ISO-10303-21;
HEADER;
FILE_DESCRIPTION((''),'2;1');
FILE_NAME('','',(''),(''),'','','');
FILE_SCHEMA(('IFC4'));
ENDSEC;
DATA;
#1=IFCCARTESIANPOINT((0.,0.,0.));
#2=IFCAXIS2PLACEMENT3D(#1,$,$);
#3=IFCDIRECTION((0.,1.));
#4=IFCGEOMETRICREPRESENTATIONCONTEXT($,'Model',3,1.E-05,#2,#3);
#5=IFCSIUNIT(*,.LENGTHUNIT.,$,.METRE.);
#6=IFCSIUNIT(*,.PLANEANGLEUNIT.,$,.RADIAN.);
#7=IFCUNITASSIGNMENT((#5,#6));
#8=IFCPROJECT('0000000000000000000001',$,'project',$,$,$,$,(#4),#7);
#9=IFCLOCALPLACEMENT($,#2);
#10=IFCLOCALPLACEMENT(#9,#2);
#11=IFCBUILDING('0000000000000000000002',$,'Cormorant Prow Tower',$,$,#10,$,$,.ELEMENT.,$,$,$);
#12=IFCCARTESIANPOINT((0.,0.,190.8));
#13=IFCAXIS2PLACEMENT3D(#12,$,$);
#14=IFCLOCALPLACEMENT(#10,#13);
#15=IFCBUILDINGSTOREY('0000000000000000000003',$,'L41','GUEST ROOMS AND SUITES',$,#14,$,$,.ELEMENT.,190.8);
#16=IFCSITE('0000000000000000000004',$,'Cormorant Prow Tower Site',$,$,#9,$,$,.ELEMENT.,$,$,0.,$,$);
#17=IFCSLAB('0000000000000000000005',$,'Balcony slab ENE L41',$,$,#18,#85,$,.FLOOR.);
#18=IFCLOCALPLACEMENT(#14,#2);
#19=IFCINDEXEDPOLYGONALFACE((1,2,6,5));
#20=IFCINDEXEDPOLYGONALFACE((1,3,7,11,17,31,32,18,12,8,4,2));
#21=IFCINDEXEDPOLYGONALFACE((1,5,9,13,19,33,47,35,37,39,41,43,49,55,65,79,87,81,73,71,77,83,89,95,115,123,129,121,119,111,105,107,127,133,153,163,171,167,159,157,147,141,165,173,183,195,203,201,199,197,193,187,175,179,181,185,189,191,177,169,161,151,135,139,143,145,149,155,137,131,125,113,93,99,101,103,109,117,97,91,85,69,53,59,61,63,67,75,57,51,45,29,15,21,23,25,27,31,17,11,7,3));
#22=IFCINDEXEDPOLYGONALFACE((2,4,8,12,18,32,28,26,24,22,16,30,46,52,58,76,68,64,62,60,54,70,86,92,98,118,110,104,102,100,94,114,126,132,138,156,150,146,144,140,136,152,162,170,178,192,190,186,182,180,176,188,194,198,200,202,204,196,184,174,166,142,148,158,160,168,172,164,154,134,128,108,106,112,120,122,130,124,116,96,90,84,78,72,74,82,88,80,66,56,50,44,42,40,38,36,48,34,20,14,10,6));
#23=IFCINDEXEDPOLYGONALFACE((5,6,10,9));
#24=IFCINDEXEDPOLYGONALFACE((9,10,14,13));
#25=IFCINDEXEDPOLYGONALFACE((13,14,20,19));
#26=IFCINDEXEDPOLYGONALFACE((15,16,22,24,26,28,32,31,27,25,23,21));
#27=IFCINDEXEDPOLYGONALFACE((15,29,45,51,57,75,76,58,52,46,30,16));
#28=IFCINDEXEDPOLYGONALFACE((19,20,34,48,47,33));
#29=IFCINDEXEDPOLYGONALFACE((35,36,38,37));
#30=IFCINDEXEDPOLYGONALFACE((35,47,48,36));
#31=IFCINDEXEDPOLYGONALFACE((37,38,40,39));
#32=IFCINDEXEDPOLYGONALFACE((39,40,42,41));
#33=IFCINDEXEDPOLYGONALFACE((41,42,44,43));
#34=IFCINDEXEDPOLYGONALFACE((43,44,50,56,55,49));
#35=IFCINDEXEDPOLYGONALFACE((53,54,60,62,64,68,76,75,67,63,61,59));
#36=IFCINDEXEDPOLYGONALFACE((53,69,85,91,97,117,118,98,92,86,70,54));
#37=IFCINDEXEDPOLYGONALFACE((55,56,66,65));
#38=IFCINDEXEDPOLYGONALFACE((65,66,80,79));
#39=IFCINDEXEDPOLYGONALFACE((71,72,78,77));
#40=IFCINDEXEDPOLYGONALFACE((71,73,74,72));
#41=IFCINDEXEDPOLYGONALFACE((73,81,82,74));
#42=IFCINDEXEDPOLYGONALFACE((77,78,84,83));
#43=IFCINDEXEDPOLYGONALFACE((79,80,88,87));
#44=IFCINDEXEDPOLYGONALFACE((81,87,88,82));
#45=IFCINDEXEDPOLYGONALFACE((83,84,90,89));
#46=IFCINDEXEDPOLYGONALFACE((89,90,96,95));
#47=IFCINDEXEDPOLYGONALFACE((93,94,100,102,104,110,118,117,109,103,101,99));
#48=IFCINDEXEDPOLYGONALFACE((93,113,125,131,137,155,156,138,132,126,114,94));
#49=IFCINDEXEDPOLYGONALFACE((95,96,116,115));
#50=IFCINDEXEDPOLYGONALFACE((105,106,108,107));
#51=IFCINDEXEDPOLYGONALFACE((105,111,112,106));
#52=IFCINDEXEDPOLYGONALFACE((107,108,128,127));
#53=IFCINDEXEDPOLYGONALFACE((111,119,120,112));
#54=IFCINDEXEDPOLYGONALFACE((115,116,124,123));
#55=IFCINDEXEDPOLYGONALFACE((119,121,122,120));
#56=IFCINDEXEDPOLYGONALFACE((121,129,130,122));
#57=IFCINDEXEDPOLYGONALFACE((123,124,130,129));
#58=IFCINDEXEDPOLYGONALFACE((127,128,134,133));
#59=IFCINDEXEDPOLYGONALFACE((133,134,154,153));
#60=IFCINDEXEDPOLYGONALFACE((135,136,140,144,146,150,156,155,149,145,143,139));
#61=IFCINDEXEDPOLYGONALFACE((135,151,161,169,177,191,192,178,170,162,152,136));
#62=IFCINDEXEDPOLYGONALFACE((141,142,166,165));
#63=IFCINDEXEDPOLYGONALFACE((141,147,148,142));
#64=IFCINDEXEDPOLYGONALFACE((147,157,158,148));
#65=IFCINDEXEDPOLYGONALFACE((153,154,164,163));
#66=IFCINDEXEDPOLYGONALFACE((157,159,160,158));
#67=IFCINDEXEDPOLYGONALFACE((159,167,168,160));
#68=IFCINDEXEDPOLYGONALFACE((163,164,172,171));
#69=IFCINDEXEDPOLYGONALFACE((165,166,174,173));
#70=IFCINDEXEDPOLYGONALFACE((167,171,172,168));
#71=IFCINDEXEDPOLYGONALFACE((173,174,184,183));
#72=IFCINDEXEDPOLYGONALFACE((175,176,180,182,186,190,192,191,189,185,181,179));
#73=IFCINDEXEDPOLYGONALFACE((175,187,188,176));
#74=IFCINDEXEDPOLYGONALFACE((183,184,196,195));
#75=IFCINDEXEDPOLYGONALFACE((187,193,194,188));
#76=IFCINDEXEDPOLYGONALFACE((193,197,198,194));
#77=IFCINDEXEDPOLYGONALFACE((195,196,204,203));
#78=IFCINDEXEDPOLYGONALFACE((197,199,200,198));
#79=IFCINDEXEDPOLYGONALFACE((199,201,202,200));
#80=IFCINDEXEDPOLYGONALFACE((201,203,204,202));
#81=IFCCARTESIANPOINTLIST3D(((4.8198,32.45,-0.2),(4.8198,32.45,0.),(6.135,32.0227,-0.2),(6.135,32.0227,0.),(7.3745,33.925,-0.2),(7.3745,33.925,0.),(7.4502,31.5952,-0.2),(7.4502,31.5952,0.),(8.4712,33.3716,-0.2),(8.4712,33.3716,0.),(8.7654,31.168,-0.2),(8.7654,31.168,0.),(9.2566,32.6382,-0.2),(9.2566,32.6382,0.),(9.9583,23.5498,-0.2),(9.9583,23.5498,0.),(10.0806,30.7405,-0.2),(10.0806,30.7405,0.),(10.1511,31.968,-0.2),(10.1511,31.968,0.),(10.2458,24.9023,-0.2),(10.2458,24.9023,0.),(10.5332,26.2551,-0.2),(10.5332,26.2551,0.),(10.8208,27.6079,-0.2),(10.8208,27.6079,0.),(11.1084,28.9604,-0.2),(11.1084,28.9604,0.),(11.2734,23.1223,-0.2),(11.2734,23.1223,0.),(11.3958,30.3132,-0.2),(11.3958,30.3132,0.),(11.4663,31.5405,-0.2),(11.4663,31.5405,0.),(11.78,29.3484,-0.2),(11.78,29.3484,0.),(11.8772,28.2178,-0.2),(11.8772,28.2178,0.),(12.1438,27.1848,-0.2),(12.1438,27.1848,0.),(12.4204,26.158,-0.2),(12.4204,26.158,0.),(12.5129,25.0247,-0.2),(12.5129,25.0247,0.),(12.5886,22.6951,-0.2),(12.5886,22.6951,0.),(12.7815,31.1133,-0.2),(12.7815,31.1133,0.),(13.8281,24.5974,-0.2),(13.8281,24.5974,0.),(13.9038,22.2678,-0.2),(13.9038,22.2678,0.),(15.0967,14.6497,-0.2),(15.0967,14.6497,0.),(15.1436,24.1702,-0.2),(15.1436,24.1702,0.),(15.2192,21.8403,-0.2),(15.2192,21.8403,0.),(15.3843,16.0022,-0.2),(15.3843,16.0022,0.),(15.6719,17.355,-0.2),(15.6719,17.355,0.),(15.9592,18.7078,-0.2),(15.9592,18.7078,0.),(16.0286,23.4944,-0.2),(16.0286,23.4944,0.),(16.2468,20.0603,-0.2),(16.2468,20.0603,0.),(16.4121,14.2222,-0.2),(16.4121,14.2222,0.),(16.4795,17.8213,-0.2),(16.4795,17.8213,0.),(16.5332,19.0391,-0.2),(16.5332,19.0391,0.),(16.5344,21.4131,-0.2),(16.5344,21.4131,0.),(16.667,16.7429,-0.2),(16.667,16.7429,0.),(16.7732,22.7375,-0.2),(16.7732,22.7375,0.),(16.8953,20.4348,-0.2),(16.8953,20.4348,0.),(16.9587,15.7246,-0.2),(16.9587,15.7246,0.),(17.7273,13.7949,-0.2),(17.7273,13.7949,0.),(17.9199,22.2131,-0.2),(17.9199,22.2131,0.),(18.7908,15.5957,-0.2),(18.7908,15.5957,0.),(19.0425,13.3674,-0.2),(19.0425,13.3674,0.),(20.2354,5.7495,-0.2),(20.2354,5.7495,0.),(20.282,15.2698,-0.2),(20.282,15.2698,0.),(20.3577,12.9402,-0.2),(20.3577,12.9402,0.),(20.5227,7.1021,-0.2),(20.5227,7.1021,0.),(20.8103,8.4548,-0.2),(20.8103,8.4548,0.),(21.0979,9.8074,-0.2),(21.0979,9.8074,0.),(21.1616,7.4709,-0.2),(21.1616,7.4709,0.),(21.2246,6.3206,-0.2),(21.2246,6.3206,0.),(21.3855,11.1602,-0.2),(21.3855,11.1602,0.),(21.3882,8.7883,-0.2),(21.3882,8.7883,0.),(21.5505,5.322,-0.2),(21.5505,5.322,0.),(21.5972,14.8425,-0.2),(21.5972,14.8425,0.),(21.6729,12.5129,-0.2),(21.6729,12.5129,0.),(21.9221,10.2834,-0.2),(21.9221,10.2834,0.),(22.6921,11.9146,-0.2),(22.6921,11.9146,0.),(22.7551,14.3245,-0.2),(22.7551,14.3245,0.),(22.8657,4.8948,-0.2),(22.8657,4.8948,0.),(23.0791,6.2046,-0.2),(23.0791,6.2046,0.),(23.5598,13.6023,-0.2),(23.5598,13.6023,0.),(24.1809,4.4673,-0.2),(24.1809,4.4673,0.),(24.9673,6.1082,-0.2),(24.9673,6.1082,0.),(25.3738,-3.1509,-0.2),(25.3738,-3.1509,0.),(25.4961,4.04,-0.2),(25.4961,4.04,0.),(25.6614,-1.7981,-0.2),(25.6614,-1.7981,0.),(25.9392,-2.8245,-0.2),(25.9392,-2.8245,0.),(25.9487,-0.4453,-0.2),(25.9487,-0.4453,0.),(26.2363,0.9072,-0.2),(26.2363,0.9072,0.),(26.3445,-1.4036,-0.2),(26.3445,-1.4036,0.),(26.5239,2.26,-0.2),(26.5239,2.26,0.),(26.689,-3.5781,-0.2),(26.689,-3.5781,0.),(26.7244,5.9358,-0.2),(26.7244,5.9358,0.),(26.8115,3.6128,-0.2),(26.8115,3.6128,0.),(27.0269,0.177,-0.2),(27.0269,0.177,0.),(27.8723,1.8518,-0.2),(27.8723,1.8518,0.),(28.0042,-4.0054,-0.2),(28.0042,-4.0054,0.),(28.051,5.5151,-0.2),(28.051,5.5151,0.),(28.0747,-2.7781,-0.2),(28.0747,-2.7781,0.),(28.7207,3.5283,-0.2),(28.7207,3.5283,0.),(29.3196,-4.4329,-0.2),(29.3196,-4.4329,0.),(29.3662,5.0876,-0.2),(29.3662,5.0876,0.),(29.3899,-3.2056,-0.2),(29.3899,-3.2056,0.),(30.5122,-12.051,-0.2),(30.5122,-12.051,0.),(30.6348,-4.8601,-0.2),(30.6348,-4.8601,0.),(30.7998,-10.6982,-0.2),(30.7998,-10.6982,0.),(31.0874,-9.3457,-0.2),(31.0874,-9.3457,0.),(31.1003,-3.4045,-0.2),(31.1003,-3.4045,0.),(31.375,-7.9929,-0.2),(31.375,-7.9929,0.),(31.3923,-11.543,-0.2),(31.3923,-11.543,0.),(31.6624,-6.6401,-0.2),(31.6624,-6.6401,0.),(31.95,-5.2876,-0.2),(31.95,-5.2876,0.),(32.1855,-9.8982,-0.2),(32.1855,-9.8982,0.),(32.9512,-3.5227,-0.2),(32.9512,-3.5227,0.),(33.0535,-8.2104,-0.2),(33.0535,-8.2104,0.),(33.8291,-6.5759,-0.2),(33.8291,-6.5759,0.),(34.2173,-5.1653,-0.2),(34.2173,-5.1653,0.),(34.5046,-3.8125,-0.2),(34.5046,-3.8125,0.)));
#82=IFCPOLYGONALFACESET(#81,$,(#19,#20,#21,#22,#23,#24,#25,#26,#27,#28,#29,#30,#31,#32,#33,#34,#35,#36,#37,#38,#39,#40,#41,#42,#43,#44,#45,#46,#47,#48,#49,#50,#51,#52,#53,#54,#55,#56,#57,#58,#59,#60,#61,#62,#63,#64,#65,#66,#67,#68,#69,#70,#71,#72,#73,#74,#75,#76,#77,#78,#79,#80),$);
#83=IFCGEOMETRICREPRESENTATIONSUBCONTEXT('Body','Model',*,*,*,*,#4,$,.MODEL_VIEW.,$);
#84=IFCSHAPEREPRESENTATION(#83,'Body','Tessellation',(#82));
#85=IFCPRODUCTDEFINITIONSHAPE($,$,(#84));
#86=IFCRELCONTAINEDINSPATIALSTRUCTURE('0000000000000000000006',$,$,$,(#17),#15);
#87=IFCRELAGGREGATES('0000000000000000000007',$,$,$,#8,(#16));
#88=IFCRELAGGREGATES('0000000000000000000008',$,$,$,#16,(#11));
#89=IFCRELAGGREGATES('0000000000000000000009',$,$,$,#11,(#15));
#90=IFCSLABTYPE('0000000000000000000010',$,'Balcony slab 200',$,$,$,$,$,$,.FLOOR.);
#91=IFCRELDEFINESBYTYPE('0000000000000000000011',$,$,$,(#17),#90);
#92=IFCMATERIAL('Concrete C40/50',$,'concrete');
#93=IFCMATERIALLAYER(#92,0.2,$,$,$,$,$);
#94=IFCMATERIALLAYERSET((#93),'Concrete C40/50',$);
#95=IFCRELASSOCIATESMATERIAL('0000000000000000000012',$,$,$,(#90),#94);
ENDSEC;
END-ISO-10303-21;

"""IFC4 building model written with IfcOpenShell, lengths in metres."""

from ifc_helpers import new_model, si_unit, direction, frame, origin, place, context, subcontext, project, spatial, polyline, outline, extrude, material, layer, layer_set, type_object, element, save


model = new_model("IFC4")

# Units and contexts
model_context = context("Model", 3, precision=1e-05, world=origin(), true_north=direction((0.0, 1.0)))
body_context = subcontext(model_context, "Body", "Model", "MODEL_VIEW")
ifc_project = project(units=[si_unit("LENGTHUNIT", "METRE"), si_unit("PLANEANGLEUNIT", "RADIAN")], contexts=[model_context])

# Site, building, storey
site_placement = place(None, origin())
site = spatial("IfcSite", under=ifc_project, at=site_placement, Name="Cormorant Prow Tower Site", CompositionType="ELEMENT", RefElevation=0.0)
building_placement = place(site_placement, origin())
building = spatial("IfcBuilding", under=site, at=building_placement, Name="Cormorant Prow Tower", CompositionType="ELEMENT")
storey_placement = place(building_placement, frame((0.0, 0.0, 190.8)))
storey = spatial("IfcBuildingStorey", under=building, at=storey_placement, Name="L41", Description="GUEST ROOMS AND SUITES", CompositionType="ELEMENT", Elevation=190.8)

# Slab
ifc_material_1 = material(Name="Concrete C40/50", Category="concrete")
ifc_layer_1 = layer(ifc_material_1, 0.2)
ifc_layer_set_1 = layer_set([ifc_layer_1], Name="Concrete C40/50")
slab_type_1 = type_object("IfcSlabType", Name="Balcony slab 200", PredefinedType="FLOOR", material=ifc_layer_set_1)
slab_1_placement = place(storey_placement, frame((0.0, 0.0, -0.2)))
element("IfcSlab", 1, at=slab_1_placement, inside=storey, type_object=slab_type_1, Name="Balcony slab ENE L41", PredefinedType="FLOOR", context=body_context, shape_type="SweptSolid", body=[
    extrude(outline(polyline([(30.5122, -12.051), (31.3923, -11.543), (32.1855, -9.8982), (33.0535, -8.2104), (33.8291, -6.5759), (34.2173, -5.1653), (34.5046, -3.8125), (32.9512, -3.5227), (31.1003, -3.4045), (29.3899, -3.2056), (28.0747, -2.7781), (25.9392, -2.8245), (26.3445, -1.4036), (27.0269, 0.177), (27.8723, 1.8518), (28.7207, 3.5283), (29.3662, 5.0876), (28.051, 5.5151), (26.7244, 5.9358), (24.9673, 6.1082), (23.0791, 6.2046), (21.2246, 6.3206), (21.1616, 7.4709), (21.3882, 8.7883), (21.9221, 10.2834), (22.6921, 11.9146), (23.5598, 13.6023), (22.7551, 14.3245), (21.5972, 14.8425), (20.282, 15.2698), (18.7908, 15.5957), (16.9587, 15.7246), (16.667, 16.7429), (16.4795, 17.8213), (16.5332, 19.0391), (16.8953, 20.4348), (17.9199, 22.2131), (16.7732, 22.7375), (16.0286, 23.4944), (15.1436, 24.1702), (13.8281, 24.5974), (12.5129, 25.0247), (12.4204, 26.158), (12.1438, 27.1848), (11.8772, 28.2178), (11.78, 29.3484), (12.7815, 31.1133), (11.4663, 31.5405), (10.1511, 31.968), (9.2566, 32.6382), (8.4712, 33.3716), (7.3745, 33.925), (4.8198, 32.45), (6.135, 32.0227), (7.4502, 31.5952), (8.7654, 31.168), (10.0806, 30.7405), (11.3958, 30.3132), (11.1084, 28.9604), (10.8208, 27.6079), (10.5332, 26.2551), (10.2458, 24.9023), (9.9583, 23.5498), (11.2734, 23.1223), (12.5886, 22.6951), (13.9038, 22.2678), (15.2192, 21.8403), (16.5344, 21.4131), (16.2468, 20.0603), (15.9592, 18.7078), (15.6719, 17.355), (15.3843, 16.0022), (15.0967, 14.6497), (16.4121, 14.2222), (17.7273, 13.7949), (19.0425, 13.3674), (20.3577, 12.9402), (21.6729, 12.5129), (21.3855, 11.1602), (21.0979, 9.8074), (20.8103, 8.4548), (20.5227, 7.1021), (20.2354, 5.7495), (21.5505, 5.322), (22.8657, 4.8948), (24.1809, 4.4673), (25.4961, 4.04), (26.8115, 3.6128), (26.5239, 2.26), (26.2363, 0.9072), (25.9487, -0.4453), (25.6614, -1.7981), (25.3738, -3.1509), (26.689, -3.5781), (28.0042, -4.0054), (29.3196, -4.4329), (30.6348, -4.8601), (31.95, -5.2876), (31.6624, -6.6401), (31.375, -7.9929), (31.0874, -9.3457), (30.7998, -10.6982), (30.5122, -12.051)])), origin(), (0.0, 0.0, 1.0), 0.2),
])

save(model, "model.ifc")
